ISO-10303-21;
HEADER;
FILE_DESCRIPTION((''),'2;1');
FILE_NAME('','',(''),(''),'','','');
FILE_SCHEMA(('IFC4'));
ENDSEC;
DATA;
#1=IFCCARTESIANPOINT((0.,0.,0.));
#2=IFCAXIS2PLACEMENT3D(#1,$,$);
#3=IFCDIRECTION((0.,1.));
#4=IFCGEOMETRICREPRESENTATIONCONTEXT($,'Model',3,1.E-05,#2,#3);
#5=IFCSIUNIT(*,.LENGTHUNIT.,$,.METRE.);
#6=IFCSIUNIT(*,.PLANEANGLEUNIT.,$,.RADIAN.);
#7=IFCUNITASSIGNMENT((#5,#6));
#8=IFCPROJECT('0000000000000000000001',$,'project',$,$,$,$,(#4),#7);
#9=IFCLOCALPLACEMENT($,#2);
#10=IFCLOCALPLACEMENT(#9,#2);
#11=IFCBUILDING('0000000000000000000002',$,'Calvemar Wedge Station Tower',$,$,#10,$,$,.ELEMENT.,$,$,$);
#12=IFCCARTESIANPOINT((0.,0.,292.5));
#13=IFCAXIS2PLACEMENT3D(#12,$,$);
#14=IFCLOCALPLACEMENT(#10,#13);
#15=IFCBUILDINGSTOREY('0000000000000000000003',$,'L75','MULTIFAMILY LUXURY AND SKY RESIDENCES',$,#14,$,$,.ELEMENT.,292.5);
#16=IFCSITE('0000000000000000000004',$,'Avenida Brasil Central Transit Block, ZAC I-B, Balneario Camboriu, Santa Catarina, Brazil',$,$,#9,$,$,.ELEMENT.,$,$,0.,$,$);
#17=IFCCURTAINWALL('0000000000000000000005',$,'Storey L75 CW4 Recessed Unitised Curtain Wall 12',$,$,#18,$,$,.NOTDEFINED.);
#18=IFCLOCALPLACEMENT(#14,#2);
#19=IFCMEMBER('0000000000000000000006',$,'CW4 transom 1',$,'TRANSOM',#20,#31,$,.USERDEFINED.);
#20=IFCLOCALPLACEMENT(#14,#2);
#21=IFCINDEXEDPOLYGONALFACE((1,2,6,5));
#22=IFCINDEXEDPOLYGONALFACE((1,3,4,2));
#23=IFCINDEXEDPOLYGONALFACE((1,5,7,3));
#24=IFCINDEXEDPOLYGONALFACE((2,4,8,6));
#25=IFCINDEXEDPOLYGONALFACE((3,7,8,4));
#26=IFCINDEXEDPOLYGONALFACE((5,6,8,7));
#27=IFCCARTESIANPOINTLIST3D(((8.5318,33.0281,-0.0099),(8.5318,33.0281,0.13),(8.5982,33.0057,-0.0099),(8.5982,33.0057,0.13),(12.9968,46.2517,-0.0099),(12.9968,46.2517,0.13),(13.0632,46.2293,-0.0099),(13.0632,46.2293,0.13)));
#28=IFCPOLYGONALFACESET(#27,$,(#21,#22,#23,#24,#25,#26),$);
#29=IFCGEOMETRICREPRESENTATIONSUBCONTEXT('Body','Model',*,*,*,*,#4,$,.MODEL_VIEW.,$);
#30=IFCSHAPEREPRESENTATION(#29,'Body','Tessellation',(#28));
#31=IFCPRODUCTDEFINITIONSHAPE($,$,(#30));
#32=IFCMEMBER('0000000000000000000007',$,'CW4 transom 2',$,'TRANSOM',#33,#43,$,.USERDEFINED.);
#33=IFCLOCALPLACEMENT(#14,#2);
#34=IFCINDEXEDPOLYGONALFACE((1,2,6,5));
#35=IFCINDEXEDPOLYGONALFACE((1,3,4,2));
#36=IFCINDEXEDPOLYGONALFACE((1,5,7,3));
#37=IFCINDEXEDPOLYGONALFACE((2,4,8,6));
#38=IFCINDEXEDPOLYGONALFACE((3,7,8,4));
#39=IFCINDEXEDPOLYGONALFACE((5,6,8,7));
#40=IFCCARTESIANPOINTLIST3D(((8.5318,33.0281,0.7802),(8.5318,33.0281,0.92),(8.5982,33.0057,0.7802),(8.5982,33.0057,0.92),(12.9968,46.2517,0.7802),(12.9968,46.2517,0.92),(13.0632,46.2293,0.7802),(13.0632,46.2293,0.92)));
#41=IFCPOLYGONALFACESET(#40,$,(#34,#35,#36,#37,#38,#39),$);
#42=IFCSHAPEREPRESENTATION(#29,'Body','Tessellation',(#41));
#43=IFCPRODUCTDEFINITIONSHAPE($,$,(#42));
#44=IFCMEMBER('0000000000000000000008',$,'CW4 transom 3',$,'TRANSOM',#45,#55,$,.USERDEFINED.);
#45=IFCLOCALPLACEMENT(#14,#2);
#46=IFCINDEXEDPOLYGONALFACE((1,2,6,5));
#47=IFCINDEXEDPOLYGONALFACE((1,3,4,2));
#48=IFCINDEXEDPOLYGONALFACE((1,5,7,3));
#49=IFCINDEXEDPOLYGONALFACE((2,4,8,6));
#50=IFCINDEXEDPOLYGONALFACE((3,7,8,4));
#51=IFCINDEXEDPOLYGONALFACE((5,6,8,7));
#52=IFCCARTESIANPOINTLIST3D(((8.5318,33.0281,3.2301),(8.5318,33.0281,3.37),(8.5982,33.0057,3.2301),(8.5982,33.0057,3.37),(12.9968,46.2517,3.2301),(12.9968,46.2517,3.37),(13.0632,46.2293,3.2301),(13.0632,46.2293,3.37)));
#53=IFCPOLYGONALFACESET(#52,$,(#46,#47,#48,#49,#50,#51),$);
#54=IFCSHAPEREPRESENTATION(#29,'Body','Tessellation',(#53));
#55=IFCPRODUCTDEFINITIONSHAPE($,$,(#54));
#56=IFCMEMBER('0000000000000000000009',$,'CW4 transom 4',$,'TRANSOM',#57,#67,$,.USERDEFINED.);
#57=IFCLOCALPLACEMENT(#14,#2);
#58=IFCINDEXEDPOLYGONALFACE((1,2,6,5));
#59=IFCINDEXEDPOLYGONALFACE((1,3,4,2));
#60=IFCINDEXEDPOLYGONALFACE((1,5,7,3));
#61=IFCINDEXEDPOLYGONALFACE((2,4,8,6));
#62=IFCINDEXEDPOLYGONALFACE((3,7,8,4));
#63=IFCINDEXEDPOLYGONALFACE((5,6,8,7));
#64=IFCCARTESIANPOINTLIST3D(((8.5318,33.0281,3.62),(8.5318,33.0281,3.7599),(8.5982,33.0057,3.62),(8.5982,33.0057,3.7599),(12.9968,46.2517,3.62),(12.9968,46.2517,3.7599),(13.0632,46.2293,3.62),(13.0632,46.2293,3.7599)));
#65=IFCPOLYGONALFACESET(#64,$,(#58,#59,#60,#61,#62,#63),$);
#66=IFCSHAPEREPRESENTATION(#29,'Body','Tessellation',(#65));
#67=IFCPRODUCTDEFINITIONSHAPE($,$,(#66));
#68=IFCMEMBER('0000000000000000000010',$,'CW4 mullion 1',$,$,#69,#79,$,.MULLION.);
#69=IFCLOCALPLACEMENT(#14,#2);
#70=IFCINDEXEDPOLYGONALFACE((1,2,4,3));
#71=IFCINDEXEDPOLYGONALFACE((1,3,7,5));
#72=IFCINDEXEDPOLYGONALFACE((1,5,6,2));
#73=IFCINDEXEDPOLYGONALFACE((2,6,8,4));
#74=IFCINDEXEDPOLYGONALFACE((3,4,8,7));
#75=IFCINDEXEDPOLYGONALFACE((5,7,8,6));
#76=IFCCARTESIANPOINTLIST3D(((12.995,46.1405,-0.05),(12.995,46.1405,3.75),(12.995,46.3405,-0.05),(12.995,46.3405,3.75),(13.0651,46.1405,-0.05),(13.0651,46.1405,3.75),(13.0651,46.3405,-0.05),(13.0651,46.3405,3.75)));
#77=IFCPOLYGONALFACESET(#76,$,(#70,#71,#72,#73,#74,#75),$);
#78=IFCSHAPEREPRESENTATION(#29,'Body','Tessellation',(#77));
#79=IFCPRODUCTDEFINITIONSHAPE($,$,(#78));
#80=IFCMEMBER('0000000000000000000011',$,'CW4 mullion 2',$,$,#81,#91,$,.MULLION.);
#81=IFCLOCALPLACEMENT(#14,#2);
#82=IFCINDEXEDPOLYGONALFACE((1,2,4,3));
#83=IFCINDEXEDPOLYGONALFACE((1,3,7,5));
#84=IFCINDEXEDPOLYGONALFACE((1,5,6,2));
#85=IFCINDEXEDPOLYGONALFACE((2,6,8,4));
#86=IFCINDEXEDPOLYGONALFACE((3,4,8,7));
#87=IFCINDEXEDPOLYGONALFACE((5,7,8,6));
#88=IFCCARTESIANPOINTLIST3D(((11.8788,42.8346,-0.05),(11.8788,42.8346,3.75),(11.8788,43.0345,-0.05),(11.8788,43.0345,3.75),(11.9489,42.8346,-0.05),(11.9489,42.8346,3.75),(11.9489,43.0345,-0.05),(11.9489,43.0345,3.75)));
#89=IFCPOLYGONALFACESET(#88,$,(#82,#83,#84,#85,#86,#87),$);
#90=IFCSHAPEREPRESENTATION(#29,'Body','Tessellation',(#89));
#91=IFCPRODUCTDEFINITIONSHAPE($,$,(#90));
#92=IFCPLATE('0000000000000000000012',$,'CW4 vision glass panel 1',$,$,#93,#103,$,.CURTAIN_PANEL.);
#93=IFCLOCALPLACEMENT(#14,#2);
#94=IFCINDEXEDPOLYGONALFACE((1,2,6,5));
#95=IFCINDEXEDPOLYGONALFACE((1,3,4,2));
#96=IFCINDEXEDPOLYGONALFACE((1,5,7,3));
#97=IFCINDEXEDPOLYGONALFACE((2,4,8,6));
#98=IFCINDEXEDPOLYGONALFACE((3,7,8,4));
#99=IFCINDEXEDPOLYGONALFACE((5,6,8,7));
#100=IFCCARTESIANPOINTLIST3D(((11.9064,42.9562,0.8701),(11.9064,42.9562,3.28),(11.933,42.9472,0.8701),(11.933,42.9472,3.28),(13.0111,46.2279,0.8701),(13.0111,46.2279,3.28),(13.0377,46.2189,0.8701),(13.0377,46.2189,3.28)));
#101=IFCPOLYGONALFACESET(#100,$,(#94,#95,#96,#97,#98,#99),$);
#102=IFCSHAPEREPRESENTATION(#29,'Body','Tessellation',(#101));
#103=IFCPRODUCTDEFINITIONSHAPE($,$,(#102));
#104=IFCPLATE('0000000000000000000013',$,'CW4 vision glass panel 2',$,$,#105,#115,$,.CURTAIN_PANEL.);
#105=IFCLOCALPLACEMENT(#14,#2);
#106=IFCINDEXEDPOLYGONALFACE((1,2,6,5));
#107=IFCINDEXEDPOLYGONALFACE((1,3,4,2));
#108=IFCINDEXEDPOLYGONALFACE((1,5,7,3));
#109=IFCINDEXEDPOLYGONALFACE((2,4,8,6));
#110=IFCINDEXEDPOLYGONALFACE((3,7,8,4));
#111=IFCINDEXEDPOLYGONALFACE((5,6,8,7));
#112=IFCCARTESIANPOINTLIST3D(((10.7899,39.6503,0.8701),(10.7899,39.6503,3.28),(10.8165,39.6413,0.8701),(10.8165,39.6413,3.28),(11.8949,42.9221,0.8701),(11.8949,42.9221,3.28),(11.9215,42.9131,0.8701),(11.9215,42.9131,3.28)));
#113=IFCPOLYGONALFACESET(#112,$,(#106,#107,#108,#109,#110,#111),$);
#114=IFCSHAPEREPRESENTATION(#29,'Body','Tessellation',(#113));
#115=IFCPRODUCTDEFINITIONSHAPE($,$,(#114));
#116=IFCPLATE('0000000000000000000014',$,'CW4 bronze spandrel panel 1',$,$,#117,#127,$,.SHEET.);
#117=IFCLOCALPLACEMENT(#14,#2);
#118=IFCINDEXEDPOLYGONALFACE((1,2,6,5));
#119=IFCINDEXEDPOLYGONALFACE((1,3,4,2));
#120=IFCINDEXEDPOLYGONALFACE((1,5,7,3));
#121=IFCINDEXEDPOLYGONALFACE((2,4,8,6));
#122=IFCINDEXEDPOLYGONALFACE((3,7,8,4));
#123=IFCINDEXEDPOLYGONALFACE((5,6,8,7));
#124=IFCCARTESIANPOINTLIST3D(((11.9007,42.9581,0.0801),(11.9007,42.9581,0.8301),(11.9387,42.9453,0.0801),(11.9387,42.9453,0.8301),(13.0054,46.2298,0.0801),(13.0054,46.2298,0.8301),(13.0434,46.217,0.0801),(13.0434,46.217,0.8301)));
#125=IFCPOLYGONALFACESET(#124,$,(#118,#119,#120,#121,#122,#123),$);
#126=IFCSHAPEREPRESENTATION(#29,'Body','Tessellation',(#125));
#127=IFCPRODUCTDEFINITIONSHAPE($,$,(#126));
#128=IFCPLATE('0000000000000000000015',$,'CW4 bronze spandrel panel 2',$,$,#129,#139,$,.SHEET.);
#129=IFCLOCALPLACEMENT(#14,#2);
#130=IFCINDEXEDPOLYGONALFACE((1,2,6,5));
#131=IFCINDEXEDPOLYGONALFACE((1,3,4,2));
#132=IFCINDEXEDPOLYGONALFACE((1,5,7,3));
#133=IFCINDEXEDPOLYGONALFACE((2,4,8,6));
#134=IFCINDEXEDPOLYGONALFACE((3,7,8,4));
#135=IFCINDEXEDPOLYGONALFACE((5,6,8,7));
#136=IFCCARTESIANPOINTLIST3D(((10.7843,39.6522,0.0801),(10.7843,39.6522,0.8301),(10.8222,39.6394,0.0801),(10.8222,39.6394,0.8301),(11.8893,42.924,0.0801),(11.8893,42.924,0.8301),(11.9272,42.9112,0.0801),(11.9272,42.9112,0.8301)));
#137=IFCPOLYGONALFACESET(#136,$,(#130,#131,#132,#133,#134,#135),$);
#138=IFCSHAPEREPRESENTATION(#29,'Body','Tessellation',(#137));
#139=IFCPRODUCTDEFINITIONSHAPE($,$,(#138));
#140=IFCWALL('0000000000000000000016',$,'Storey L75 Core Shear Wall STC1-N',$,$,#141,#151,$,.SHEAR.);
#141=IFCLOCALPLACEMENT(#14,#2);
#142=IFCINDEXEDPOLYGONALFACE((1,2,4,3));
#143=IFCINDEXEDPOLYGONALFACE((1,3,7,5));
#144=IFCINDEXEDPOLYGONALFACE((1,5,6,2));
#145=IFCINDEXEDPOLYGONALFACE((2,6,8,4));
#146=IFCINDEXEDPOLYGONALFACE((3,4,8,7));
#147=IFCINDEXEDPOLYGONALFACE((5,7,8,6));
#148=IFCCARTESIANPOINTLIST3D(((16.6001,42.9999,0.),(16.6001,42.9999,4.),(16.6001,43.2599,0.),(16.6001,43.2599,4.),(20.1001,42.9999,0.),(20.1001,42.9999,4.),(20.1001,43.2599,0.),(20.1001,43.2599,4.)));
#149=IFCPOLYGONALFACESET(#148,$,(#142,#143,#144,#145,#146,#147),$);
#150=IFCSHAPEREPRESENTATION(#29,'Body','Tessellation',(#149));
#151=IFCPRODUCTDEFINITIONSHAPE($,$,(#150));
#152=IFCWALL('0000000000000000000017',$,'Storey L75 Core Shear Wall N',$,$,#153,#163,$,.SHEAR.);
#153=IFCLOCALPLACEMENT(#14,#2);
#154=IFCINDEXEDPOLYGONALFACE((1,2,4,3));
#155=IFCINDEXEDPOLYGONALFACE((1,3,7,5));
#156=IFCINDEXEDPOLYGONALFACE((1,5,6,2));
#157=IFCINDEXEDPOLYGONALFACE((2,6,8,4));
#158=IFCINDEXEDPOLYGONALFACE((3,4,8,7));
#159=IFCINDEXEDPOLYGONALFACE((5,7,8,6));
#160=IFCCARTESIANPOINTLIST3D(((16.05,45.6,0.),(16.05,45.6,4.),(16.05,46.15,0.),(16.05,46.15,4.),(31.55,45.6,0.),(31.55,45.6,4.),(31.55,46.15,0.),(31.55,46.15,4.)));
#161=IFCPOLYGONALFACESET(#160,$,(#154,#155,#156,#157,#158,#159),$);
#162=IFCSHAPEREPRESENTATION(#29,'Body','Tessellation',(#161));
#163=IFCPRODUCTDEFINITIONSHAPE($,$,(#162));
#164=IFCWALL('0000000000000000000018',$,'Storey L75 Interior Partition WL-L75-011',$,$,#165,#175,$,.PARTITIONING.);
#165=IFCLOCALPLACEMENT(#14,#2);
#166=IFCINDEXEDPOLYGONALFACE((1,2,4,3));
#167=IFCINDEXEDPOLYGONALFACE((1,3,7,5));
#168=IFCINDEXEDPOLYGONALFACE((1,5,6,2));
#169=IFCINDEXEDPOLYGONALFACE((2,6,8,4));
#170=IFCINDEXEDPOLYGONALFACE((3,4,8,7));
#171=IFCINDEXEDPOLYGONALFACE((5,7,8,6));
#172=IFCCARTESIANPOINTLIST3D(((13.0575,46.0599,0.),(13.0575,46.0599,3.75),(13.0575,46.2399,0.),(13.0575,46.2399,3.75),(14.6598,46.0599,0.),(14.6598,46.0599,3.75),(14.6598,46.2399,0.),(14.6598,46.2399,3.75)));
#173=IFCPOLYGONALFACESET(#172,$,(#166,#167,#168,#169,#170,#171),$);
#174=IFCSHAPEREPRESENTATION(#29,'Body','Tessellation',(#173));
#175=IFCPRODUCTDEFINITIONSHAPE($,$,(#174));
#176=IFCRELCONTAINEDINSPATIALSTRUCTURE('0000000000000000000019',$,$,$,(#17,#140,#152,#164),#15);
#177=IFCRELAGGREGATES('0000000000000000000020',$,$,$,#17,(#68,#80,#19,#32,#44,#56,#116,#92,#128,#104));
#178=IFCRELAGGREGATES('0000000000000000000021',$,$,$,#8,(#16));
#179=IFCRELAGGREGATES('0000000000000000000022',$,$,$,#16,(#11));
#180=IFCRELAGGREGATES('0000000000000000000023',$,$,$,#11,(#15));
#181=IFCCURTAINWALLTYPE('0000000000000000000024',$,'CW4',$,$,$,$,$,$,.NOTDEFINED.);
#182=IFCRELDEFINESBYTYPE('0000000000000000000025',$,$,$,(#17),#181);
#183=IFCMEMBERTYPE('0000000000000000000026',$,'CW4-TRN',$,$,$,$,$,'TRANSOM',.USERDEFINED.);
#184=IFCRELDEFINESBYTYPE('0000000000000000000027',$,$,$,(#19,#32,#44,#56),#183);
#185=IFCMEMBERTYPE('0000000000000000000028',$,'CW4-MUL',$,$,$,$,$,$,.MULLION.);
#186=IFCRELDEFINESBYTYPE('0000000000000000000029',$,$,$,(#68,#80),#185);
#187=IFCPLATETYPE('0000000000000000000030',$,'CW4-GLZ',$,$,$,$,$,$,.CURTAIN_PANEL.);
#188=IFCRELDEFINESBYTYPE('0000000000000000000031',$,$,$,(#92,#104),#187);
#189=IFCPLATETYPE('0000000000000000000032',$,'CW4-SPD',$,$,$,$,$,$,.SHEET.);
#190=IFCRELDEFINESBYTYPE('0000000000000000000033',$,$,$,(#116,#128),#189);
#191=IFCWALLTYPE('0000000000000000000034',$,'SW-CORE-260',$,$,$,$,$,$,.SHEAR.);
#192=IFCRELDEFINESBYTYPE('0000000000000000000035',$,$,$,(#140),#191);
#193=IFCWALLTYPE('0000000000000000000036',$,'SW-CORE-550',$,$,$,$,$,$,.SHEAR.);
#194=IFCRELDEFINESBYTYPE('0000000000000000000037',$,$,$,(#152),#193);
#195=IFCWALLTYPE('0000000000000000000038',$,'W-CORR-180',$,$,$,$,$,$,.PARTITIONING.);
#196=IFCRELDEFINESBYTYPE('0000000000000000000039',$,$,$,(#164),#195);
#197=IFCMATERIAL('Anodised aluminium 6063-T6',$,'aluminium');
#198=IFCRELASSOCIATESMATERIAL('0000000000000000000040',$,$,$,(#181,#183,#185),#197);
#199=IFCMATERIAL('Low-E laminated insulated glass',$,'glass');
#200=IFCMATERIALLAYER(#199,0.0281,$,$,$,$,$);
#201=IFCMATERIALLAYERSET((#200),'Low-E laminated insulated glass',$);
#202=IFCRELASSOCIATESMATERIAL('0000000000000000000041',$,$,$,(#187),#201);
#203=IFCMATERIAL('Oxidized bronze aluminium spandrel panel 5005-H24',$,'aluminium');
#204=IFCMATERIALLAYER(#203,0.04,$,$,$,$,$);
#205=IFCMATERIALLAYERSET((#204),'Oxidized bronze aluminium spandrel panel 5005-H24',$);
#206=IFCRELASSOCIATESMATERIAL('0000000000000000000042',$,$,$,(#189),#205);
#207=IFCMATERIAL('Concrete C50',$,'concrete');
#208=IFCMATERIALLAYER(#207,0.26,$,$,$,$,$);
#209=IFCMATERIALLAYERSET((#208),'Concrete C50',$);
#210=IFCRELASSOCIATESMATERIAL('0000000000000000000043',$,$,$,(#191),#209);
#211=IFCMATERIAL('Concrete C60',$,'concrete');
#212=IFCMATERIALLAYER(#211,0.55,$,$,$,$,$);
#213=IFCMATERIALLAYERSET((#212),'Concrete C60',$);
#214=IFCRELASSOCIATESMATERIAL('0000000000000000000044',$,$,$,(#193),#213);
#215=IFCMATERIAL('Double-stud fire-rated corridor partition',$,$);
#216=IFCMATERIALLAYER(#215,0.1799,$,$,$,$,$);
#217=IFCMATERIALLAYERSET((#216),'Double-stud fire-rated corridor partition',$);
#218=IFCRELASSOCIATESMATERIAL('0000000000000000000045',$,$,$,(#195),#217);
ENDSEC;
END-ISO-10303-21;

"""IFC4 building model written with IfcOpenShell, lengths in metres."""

from ifc_helpers import new_model, si_unit, direction, frame, frame_2d, origin, origin_2d, place, context, subcontext, project, spatial, rectangle, extrude, source, transform, mapped, material, layer, layer_set, material_profile, profile_set, type_object, element, aggregate, save


model = new_model("IFC4")

# Units and contexts
model_context = context("Model", 3, precision=1e-05, world=origin(), true_north=direction((0.0, 1.0)))
body_context = subcontext(model_context, "Body", "Model", "MODEL_VIEW")
ifc_project = project(units=[si_unit("LENGTHUNIT", "METRE"), si_unit("PLANEANGLEUNIT", "RADIAN")], contexts=[model_context])

# Site, building, storey
site_placement = place(None, origin())
site = spatial("IfcSite", under=ifc_project, at=site_placement, Name="Avenida Brasil Central Transit Block, ZAC I-B, Balneario Camboriu, Santa Catarina, Brazil", CompositionType="ELEMENT", RefElevation=0.0)
building_placement = place(site_placement, origin())
building = spatial("IfcBuilding", under=site, at=building_placement, Name="Calvemar Wedge Station Tower", CompositionType="ELEMENT")
storey_placement = place(building_placement, frame((0.0, 0.0, 292.5)))
storey = spatial("IfcBuildingStorey", under=building, at=storey_placement, Name="L75", Description="MULTIFAMILY LUXURY AND SKY RESIDENCES", CompositionType="ELEMENT", Elevation=292.5)

# Curtain wall, members, plates
ifc_material_1 = material(Name="Anodised aluminium 6063-T6", Category="aluminium")
curtain_wall_type = type_object("IfcCurtainWallType", Name="CW4", PredefinedType="NOTDEFINED", material=ifc_material_1)
curtain_wall_placement = place(storey_placement, origin())
curtain_wall = element("IfcCurtainWall", 1, at=curtain_wall_placement, inside=storey, type_object=curtain_wall_type, Name="Storey L75 CW4 Recessed Unitised Curtain Wall 12", PredefinedType="NOTDEFINED")
ifc_material_profile_1 = material_profile(ifc_material_1, rectangle(XDim=0.0701, YDim=0.1399, at=origin_2d()), Name="AL-TRN-70x140")
ifc_profile_set_1 = profile_set([ifc_material_profile_1], Name="Anodised aluminium 6063-T6")
member_type_1 = type_object("IfcMemberType", Name="CW4-TRN", ElementType="TRANSOM", PredefinedType="USERDEFINED", material=ifc_profile_set_1)
shared_shape_1 = source(origin(), body_context, "Body", "SweptSolid", [
    extrude(rectangle(XDim=0.0701, YDim=0.1399, at=origin_2d()), origin(), (0.0, 0.0, 1.0), 13.957),
])
member_1_placement = place(storey_placement, frame((13.03, 46.2405, 0.0601), z_axis=(-0.319914, -0.947446, 0.0), x_axis=(0.947446, -0.319914, 0.0)))
member_1 = element("IfcMember", 2, at=member_1_placement, type_object=member_type_1, Name="CW4 transom 1", ObjectType="TRANSOM", PredefinedType="USERDEFINED", context=body_context, shape_type="MappedRepresentation", body=[
    mapped(shared_shape_1, transform((0.0, 0.0, 0.0), scale=1.0)),
])
member_2_placement = place(storey_placement, frame((13.03, 46.2405, 0.8501), z_axis=(-0.319914, -0.947446, 0.0), x_axis=(0.947446, -0.319914, 0.0)))
member_2 = element("IfcMember", 3, at=member_2_placement, type_object=member_type_1, Name="CW4 transom 2", ObjectType="TRANSOM", PredefinedType="USERDEFINED", context=body_context, shape_type="MappedRepresentation", body=[
    mapped(shared_shape_1, transform((0.0, 0.0, 0.0), scale=1.0)),
])
member_3_placement = place(storey_placement, frame((13.03, 46.2405, 3.3), z_axis=(-0.319914, -0.947446, 0.0), x_axis=(0.947446, -0.319914, 0.0)))
member_3 = element("IfcMember", 4, at=member_3_placement, type_object=member_type_1, Name="CW4 transom 3", ObjectType="TRANSOM", PredefinedType="USERDEFINED", context=body_context, shape_type="MappedRepresentation", body=[
    mapped(shared_shape_1, transform((0.0, 0.0, 0.0), scale=1.0)),
])
member_4_placement = place(storey_placement, frame((13.03, 46.2405, 3.6899), z_axis=(-0.319914, -0.947446, 0.0), x_axis=(0.947446, -0.319914, 0.0)))
member_4 = element("IfcMember", 5, at=member_4_placement, type_object=member_type_1, Name="CW4 transom 4", ObjectType="TRANSOM", PredefinedType="USERDEFINED", context=body_context, shape_type="MappedRepresentation", body=[
    mapped(shared_shape_1, transform((0.0, 0.0, 0.0), scale=1.0)),
])
ifc_material_profile_2 = material_profile(ifc_material_1, rectangle(XDim=0.0701, YDim=0.2, at=origin_2d()), Name="AL-MUL-70x200")
ifc_profile_set_2 = profile_set([ifc_material_profile_2], Name="Anodised aluminium 6063-T6")
member_type_2 = type_object("IfcMemberType", Name="CW4-MUL", PredefinedType="MULLION", material=ifc_profile_set_2)
shared_shape_2 = source(origin(), body_context, "Body", "SweptSolid", [
    extrude(rectangle(XDim=0.0701, YDim=0.2, at=origin_2d()), origin(), (0.0, 0.0, 1.0), 3.8),
])
member_5_placement = place(storey_placement, frame((13.03, 46.2405, -0.05), z_axis=(0.0, 0.0, 1.0), x_axis=(1.0, 0.0, 0.0)))
member_5 = element("IfcMember", 6, at=member_5_placement, type_object=member_type_2, Name="CW4 mullion 1", PredefinedType="MULLION", context=body_context, shape_type="MappedRepresentation", body=[
    mapped(shared_shape_2, transform((0.0, 0.0, 0.0), scale=1.0)),
])
member_6_placement = place(storey_placement, frame((11.9138, 42.9346, -0.05), z_axis=(0.0, 0.0, 1.0), x_axis=(1.0, 0.0, 0.0)))
member_6 = element("IfcMember", 7, at=member_6_placement, type_object=member_type_2, Name="CW4 mullion 2", PredefinedType="MULLION", context=body_context, shape_type="MappedRepresentation", body=[
    mapped(shared_shape_2, transform((0.0, 0.0, 0.0), scale=1.0)),
])
ifc_material_2 = material(Name="Low-E laminated insulated glass", Category="glass")
ifc_layer_1 = layer(ifc_material_2, 0.0281)
ifc_layer_set_1 = layer_set([ifc_layer_1], Name="Low-E laminated insulated glass")
plate_type_1 = type_object("IfcPlateType", Name="CW4-GLZ", PredefinedType="CURTAIN_PANEL", material=ifc_layer_set_1)
plate_1_placement = place(storey_placement, frame((13.0244, 46.2234, 0.8701), z_axis=(0.0, 0.0, 1.0), x_axis=(-0.319916, -0.947446, 0.0)))
plate_1 = element("IfcPlate", 8, at=plate_1_placement, type_object=plate_type_1, Name="CW4 vision glass panel 1", PredefinedType="CURTAIN_PANEL", context=body_context, shape_type="SweptSolid", body=[
    extrude(rectangle(XDim=3.4531, YDim=0.0281, at=frame_2d((1.7266, 0.0))), origin(), (0.0, 0.0, 1.0), 2.4099),
])
plate_2_placement = place(storey_placement, frame((11.9082, 42.9175, 0.8701), z_axis=(0.0, 0.0, 1.0), x_axis=(-0.319979, -0.947425, 0.0)))
plate_2 = element("IfcPlate", 9, at=plate_2_placement, type_object=plate_type_1, Name="CW4 vision glass panel 2", PredefinedType="CURTAIN_PANEL", context=body_context, shape_type="SweptSolid", body=[
    extrude(rectangle(XDim=3.4534, YDim=0.0281, at=frame_2d((1.7266, 0.0))), origin(), (0.0, 0.0, 1.0), 2.4099),
])
ifc_material_3 = material(Name="Oxidized bronze aluminium spandrel panel 5005-H24", Category="aluminium")
ifc_layer_2 = layer(ifc_material_3, 0.04)
ifc_layer_set_2 = layer_set([ifc_layer_2], Name="Oxidized bronze aluminium spandrel panel 5005-H24")
plate_type_2 = type_object("IfcPlateType", Name="CW4-SPD", PredefinedType="SHEET", material=ifc_layer_set_2)
plate_3_placement = place(storey_placement, frame((13.0244, 46.2234, 0.0801), z_axis=(0.0, 0.0, 1.0), x_axis=(-0.319916, -0.947446, 0.0)))
plate_3 = element("IfcPlate", 10, at=plate_3_placement, type_object=plate_type_2, Name="CW4 bronze spandrel panel 1", PredefinedType="SHEET", context=body_context, shape_type="SweptSolid", body=[
    extrude(rectangle(XDim=3.4531, YDim=0.04, at=frame_2d((1.7266, 0.0))), origin(), (0.0, 0.0, 1.0), 0.75),
])
plate_4_placement = place(storey_placement, frame((11.9082, 42.9175, 0.0801), z_axis=(0.0, 0.0, 1.0), x_axis=(-0.319979, -0.947425, 0.0)))
plate_4 = element("IfcPlate", 11, at=plate_4_placement, type_object=plate_type_2, Name="CW4 bronze spandrel panel 2", PredefinedType="SHEET", context=body_context, shape_type="SweptSolid", body=[
    extrude(rectangle(XDim=3.4534, YDim=0.04, at=frame_2d((1.7266, 0.0))), origin(), (0.0, 0.0, 1.0), 0.75),
])
aggregate(curtain_wall, [member_5, member_6, member_1, member_2, member_3, member_4, plate_3, plate_1, plate_4, plate_2])

# Walls
ifc_material_4 = material(Name="Concrete C50", Category="concrete")
ifc_layer_3 = layer(ifc_material_4, 0.26)
ifc_layer_set_3 = layer_set([ifc_layer_3], Name="Concrete C50")
wall_type_1 = type_object("IfcWallType", Name="SW-CORE-260", PredefinedType="SHEAR", material=ifc_layer_set_3)
wall_1_placement = place(storey_placement, frame((16.6001, 43.1299, 0.0), z_axis=(0.0, 0.0, 1.0), x_axis=(1.0, 0.0, 0.0)))
element("IfcWall", 12, at=wall_1_placement, inside=storey, type_object=wall_type_1, Name="Storey L75 Core Shear Wall STC1-N", PredefinedType="SHEAR", context=body_context, shape_type="SweptSolid", body=[
    extrude(rectangle(XDim=3.5, YDim=0.26, at=frame_2d((1.75, 0.0))), origin(), (0.0, 0.0, 1.0), 4.0),
])
ifc_material_5 = material(Name="Concrete C60", Category="concrete")
ifc_layer_4 = layer(ifc_material_5, 0.55)
ifc_layer_set_4 = layer_set([ifc_layer_4], Name="Concrete C60")
wall_type_2 = type_object("IfcWallType", Name="SW-CORE-550", PredefinedType="SHEAR", material=ifc_layer_set_4)
wall_2_placement = place(storey_placement, frame((16.05, 45.875, 0.0), z_axis=(0.0, 0.0, 1.0), x_axis=(1.0, 0.0, 0.0)))
element("IfcWall", 13, at=wall_2_placement, inside=storey, type_object=wall_type_2, Name="Storey L75 Core Shear Wall N", PredefinedType="SHEAR", context=body_context, shape_type="SweptSolid", body=[
    extrude(rectangle(XDim=15.5, YDim=0.55, at=frame_2d((7.75, 0.0))), origin(), (0.0, 0.0, 1.0), 4.0),
])
ifc_material_6 = material(Name="Double-stud fire-rated corridor partition")
ifc_layer_5 = layer(ifc_material_6, 0.1799)
ifc_layer_set_5 = layer_set([ifc_layer_5], Name="Double-stud fire-rated corridor partition")
wall_type_3 = type_object("IfcWallType", Name="W-CORR-180", PredefinedType="PARTITIONING", material=ifc_layer_set_5)
wall_3_placement = place(storey_placement, frame((14.6599, 46.1499, 0.0), z_axis=(0.0, 0.0, 1.0), x_axis=(-1.0, 0.0, 0.0)))
element("IfcWall", 14, at=wall_3_placement, inside=storey, type_object=wall_type_3, Name="Storey L75 Interior Partition WL-L75-011", PredefinedType="PARTITIONING", context=body_context, shape_type="SweptSolid", body=[
    extrude(rectangle(XDim=1.6023, YDim=0.1799, at=frame_2d((0.8013, 0.0))), origin(), (0.0, 0.0, 1.0), 3.75),
])

save(model, "model.ifc")
